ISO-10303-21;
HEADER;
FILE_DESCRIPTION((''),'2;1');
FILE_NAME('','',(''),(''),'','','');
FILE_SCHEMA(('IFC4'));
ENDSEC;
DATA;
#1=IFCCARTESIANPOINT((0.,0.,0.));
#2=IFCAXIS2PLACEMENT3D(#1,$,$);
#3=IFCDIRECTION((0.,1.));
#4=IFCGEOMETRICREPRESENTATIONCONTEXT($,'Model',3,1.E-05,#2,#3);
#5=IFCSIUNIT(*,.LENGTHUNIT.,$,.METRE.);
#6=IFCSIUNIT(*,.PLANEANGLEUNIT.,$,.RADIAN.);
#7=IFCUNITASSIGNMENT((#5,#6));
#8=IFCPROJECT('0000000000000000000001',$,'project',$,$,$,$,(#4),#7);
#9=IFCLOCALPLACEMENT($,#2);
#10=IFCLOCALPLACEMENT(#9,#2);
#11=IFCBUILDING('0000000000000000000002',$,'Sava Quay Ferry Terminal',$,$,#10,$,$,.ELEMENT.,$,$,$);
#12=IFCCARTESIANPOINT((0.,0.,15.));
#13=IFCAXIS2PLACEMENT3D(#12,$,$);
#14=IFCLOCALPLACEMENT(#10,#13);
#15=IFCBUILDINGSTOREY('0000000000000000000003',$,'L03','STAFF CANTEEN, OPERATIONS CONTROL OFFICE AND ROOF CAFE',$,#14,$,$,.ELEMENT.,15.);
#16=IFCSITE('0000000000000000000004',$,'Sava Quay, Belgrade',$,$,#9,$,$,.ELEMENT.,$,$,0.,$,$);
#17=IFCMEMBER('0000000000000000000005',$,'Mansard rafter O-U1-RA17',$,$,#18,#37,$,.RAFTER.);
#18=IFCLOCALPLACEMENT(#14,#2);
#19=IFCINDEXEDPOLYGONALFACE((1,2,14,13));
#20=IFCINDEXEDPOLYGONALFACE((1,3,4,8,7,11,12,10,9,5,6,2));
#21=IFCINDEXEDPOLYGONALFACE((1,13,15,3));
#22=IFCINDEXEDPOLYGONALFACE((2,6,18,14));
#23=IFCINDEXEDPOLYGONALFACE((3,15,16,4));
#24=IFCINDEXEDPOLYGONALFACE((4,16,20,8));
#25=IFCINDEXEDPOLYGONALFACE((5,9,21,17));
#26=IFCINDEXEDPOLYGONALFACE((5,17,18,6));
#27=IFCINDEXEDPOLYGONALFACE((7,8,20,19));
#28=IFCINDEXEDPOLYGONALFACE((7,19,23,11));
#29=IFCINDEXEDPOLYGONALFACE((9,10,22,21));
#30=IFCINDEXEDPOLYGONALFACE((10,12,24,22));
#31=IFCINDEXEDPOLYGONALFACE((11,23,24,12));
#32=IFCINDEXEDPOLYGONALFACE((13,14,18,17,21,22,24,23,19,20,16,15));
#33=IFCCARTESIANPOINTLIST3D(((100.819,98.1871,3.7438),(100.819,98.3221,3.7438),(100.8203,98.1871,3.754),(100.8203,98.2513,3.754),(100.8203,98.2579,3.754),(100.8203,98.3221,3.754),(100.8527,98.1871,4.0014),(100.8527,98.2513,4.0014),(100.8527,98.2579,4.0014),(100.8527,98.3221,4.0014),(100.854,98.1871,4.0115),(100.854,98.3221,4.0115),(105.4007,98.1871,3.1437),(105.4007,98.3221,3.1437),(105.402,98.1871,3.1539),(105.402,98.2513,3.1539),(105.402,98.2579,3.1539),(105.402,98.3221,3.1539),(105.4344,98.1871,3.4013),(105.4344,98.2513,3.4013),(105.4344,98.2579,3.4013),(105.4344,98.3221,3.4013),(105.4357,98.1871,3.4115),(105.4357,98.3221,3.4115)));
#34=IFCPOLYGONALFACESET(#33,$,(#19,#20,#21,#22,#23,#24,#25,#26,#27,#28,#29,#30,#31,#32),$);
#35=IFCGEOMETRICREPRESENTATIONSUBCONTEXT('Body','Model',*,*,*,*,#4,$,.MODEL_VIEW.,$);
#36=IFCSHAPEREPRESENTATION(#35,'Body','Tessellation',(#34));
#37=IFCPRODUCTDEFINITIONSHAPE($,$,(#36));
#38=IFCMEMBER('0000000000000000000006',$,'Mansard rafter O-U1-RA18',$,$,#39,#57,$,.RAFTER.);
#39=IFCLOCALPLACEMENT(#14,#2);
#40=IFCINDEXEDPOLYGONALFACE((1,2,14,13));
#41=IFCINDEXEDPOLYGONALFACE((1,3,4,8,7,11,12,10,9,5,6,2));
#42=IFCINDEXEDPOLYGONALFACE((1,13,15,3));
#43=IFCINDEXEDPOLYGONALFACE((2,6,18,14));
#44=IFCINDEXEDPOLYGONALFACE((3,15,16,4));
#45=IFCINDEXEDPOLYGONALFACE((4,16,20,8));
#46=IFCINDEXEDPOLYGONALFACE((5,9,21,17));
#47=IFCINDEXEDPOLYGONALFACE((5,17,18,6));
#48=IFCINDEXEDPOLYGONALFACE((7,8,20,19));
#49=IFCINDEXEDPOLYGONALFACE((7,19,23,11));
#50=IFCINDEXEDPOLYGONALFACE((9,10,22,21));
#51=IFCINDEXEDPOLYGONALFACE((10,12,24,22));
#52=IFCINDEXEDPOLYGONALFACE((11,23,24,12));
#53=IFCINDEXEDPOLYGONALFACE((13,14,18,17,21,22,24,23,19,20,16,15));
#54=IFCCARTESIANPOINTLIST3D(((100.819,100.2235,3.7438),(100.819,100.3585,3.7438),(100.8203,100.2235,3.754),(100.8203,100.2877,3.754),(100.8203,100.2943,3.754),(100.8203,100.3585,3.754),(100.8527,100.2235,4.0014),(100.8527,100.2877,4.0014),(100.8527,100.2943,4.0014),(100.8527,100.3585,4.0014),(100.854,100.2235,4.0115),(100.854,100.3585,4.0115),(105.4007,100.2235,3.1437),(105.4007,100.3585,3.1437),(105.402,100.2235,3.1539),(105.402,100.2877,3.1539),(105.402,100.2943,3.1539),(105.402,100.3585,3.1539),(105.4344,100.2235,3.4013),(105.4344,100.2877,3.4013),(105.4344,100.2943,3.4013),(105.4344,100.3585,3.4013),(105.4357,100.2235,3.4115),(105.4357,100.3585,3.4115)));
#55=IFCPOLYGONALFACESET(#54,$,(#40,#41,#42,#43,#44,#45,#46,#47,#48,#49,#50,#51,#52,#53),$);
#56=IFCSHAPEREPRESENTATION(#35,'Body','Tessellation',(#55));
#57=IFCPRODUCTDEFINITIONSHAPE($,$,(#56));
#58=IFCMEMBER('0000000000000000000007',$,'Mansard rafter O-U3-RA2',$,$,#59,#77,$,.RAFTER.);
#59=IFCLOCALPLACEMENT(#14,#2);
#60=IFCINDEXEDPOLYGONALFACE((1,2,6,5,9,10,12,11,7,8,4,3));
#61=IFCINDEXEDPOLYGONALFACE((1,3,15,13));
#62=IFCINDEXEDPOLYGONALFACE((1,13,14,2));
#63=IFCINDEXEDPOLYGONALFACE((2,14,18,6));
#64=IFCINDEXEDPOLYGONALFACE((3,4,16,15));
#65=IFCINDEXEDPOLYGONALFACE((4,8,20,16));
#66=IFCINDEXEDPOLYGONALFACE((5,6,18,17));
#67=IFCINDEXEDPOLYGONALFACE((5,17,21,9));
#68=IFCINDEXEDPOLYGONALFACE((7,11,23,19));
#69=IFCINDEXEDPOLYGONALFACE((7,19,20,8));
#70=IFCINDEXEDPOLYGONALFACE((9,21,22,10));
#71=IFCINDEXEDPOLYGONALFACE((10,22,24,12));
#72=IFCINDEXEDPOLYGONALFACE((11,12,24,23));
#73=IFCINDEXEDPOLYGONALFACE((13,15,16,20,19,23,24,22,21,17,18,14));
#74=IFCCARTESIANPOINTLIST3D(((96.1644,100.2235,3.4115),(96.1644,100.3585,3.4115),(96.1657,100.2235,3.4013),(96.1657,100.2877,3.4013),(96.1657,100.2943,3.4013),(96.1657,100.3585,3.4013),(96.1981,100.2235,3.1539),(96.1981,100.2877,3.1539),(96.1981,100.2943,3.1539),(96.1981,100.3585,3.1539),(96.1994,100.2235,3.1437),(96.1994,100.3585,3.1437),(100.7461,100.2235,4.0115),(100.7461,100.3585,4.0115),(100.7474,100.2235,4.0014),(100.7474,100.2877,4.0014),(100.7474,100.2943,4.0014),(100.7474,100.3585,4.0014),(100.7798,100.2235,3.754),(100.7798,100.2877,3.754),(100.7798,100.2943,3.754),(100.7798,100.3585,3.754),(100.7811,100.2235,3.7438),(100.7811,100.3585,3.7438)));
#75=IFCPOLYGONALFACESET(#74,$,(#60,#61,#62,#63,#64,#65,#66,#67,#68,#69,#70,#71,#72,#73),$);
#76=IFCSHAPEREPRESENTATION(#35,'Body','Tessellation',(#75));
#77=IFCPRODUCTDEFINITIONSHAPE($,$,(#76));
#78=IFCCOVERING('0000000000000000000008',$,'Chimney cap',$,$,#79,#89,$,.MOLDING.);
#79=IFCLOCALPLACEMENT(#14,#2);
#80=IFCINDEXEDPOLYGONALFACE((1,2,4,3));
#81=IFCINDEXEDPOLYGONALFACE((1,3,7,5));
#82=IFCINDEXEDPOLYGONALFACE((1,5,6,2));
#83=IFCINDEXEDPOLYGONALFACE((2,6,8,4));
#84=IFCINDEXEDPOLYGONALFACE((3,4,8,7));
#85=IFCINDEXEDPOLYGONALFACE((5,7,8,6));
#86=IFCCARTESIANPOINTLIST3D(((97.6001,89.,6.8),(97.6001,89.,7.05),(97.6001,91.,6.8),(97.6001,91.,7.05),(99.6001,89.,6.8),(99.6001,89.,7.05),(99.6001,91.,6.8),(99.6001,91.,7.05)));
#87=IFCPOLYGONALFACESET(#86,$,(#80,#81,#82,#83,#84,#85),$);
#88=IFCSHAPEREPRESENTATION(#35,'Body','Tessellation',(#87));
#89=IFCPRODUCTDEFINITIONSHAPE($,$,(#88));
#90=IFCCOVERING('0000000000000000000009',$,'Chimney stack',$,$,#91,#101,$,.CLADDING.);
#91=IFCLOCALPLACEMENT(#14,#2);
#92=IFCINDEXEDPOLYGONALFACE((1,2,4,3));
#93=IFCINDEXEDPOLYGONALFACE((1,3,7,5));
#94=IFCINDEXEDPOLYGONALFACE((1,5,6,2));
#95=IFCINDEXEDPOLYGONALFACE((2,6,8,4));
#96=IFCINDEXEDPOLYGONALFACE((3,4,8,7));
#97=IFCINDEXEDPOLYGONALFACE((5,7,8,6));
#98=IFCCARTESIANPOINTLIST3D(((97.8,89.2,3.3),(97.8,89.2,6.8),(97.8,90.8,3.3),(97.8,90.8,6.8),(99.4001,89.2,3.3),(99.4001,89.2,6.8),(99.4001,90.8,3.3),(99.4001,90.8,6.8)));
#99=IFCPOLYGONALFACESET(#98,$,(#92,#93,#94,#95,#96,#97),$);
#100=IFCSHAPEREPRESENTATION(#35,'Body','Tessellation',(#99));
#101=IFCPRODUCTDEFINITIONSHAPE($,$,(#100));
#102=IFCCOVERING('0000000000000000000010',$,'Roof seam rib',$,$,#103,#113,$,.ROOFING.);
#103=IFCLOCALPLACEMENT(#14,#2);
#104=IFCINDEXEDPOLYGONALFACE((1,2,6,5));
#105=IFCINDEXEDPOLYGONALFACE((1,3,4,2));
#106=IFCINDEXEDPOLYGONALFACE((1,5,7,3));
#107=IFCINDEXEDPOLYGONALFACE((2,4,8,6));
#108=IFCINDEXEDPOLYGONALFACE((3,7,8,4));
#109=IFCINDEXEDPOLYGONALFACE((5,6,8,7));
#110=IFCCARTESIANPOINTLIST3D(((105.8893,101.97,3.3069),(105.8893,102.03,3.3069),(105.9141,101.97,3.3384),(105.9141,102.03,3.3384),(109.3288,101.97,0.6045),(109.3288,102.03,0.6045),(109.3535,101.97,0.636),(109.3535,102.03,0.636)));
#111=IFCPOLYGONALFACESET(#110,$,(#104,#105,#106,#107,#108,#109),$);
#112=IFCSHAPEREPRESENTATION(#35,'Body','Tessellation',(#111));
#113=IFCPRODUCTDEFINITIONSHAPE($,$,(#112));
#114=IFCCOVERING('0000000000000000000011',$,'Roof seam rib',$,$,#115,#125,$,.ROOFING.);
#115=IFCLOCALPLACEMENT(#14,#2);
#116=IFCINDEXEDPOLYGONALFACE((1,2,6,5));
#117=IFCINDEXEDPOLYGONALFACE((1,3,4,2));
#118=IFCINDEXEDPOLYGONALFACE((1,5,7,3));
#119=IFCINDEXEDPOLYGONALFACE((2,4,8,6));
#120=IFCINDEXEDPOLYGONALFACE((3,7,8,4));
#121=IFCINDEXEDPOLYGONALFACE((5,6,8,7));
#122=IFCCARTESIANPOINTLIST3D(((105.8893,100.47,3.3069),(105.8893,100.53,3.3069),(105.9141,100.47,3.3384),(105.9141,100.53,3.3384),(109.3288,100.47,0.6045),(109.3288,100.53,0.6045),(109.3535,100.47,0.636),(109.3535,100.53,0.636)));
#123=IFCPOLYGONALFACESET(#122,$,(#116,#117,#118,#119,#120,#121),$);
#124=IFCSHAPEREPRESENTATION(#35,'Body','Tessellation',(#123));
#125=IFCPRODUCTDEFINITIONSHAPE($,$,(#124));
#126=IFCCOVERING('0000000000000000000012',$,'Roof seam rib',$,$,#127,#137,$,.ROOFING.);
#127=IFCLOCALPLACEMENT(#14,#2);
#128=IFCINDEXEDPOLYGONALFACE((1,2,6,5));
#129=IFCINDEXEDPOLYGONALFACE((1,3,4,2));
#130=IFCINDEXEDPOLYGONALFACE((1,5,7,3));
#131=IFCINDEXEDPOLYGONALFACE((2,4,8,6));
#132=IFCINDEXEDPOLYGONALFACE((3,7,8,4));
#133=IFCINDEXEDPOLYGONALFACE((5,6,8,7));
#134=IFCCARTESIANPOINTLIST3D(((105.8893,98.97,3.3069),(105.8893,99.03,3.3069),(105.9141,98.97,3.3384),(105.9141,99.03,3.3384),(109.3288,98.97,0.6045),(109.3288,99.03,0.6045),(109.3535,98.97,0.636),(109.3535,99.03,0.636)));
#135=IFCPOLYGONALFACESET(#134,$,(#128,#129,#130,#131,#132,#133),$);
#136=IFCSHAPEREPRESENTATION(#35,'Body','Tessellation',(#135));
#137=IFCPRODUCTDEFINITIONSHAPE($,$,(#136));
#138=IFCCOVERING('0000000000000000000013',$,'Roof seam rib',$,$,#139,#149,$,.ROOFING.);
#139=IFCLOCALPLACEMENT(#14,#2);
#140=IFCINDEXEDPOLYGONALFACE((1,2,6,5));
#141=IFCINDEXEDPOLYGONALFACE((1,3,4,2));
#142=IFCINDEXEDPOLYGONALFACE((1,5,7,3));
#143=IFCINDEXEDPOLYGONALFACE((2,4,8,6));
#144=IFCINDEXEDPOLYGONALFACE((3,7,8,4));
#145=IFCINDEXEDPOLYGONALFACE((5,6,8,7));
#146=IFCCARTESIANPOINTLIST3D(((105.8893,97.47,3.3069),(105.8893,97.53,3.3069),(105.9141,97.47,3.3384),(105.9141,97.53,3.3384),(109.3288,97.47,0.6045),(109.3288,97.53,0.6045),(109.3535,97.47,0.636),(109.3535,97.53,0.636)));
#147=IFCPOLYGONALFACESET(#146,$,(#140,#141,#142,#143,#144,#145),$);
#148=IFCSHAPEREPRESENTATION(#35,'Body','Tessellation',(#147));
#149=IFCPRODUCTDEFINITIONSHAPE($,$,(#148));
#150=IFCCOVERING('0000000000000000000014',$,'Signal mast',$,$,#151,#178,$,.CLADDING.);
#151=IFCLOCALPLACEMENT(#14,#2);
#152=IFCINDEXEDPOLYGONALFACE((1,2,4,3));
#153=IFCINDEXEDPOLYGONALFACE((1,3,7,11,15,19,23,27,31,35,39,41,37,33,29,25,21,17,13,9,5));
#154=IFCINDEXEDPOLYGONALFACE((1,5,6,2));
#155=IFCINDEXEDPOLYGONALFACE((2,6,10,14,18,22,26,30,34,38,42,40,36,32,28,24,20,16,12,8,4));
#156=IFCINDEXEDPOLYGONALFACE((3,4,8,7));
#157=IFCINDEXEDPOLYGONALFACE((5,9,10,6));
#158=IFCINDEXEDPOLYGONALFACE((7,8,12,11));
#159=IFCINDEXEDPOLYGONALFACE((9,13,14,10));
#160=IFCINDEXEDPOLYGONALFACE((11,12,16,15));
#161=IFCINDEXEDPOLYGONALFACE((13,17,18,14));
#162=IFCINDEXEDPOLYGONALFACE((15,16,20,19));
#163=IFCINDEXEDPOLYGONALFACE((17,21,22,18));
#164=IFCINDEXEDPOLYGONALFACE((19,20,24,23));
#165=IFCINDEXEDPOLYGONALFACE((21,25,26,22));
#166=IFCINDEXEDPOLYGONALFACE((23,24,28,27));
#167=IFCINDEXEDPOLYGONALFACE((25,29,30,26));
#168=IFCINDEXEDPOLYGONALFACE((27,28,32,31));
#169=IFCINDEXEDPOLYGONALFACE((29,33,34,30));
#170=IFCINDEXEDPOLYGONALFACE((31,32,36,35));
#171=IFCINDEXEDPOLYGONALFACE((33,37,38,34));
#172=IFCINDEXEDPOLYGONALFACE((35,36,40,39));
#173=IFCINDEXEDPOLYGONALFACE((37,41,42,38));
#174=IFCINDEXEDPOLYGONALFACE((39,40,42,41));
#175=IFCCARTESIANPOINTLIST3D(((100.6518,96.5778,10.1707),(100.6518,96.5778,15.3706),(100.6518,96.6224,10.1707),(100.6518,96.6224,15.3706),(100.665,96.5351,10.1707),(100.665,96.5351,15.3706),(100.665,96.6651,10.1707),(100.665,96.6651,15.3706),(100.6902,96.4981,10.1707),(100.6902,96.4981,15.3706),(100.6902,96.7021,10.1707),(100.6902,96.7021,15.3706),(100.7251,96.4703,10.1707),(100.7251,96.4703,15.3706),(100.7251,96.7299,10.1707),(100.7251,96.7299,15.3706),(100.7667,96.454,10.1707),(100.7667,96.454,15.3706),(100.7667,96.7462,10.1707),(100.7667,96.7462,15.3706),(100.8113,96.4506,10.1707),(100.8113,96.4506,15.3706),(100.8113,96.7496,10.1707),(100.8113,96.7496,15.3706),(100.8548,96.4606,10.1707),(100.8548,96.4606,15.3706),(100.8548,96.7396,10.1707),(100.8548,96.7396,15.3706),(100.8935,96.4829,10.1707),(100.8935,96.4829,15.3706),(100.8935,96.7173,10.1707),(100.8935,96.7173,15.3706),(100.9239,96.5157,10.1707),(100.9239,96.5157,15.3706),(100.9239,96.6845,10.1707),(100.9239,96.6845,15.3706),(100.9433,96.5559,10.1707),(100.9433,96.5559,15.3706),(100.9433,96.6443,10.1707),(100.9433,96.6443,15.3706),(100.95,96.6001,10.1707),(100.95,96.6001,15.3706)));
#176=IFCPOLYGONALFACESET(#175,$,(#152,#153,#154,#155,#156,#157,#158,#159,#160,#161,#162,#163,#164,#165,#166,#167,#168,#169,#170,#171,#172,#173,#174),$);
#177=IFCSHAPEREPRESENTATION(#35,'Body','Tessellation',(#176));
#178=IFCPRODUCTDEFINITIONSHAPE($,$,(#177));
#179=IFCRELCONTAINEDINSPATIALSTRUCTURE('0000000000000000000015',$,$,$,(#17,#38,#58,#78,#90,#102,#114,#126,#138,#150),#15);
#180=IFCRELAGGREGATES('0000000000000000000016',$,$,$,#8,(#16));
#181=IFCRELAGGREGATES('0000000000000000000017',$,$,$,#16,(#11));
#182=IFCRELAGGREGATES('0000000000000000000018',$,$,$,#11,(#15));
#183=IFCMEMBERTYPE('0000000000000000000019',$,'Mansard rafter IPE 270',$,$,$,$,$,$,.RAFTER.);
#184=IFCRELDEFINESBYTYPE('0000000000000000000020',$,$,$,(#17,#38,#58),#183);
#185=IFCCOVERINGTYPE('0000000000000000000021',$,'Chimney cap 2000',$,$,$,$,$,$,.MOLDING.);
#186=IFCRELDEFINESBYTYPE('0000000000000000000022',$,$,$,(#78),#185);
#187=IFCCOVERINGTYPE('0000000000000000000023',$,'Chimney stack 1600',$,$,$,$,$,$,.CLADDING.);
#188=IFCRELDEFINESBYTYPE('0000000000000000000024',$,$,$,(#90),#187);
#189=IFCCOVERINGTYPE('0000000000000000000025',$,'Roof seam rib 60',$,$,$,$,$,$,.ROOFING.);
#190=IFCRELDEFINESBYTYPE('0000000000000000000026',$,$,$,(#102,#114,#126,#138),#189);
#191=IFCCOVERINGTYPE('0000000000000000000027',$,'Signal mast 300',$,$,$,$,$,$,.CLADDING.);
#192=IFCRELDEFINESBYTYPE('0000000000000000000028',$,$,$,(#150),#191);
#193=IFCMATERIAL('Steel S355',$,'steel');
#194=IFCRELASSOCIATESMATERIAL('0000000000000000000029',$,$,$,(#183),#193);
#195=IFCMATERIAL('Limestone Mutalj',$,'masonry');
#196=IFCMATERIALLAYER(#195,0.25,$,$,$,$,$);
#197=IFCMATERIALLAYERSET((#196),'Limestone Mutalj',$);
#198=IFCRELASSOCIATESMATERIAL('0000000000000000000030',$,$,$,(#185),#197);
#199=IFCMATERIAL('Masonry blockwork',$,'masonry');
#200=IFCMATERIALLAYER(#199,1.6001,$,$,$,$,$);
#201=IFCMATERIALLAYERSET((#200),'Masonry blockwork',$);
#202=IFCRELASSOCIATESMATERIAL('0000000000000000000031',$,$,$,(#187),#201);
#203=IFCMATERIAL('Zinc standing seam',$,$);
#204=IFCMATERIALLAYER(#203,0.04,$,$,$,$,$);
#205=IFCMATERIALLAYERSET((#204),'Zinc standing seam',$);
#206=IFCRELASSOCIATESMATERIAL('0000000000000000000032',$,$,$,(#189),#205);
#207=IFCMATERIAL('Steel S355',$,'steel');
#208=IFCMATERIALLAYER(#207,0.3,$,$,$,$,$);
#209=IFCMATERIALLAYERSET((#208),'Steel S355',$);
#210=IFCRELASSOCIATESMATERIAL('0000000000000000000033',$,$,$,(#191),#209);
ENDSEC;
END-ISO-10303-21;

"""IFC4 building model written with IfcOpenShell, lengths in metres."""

from ifc_helpers import new_model, si_unit, direction, frame, origin, origin_2d, place, context, subcontext, project, spatial, polyline, rectangle, circle, i_section, outline, extrude, material, layer, layer_set, material_profile, profile_set, type_object, element, save


model = new_model("IFC4")

# Units and contexts
model_context = context("Model", 3, precision=1e-05, world=origin(), true_north=direction((0.0, 1.0)))
body_context = subcontext(model_context, "Body", "Model", "MODEL_VIEW")
ifc_project = project(units=[si_unit("LENGTHUNIT", "METRE"), si_unit("PLANEANGLEUNIT", "RADIAN")], contexts=[model_context])

# Site, building, storey
site_placement = place(None, origin())
site = spatial("IfcSite", under=ifc_project, at=site_placement, Name="Sava Quay, Belgrade", CompositionType="ELEMENT", RefElevation=0.0)
building_placement = place(site_placement, origin())
building = spatial("IfcBuilding", under=site, at=building_placement, Name="Sava Quay Ferry Terminal", CompositionType="ELEMENT")
storey_placement = place(building_placement, frame((0.0, 0.0, 15.0)))
storey = spatial("IfcBuildingStorey", under=building, at=storey_placement, Name="L03", Description="STAFF CANTEEN, OPERATIONS CONTROL OFFICE AND ROOF CAFE", CompositionType="ELEMENT", Elevation=15.0)

# Members
ifc_material_1 = material(Name="Steel S355", Category="steel")
ifc_material_profile_1 = material_profile(ifc_material_1, i_section(OverallWidth=0.135, OverallDepth=0.27, WebThickness=0.0066, FlangeThickness=0.0103, at=origin_2d()), Name="IPE 270")
ifc_profile_set_1 = profile_set([ifc_material_profile_1], Name="Steel S355")
member_type_1 = type_object("IfcMemberType", Name="Mansard rafter IPE 270", PredefinedType="RAFTER", material=ifc_profile_set_1)
for number, where, z_axis, x_axis, name in (
    (1, (105.4182, 98.2546, 3.2776), (-0.991532, 0.0, 0.129865), (0.0, -1.0, 0.0), "Mansard rafter O-U1-RA17"),
    (2, (105.4182, 100.291, 3.2776), (-0.991532, 0.0, 0.129865), (0.0, -1.0, 0.0), "Mansard rafter O-U1-RA18"),
    (3, (96.1819, 100.291, 3.2776), (0.991532, 0.0, 0.129865), (0.0, 1.0, 0.0), "Mansard rafter O-U3-RA2"),
):
    element("IfcMember", number, at=place(storey_placement, frame(where, z_axis=z_axis, x_axis=x_axis)), inside=storey, type_object=member_type_1, Name=name, PredefinedType="RAFTER", context=body_context, shape_type="SweptSolid", body=[
        extrude(i_section(OverallWidth=0.135, OverallDepth=0.27, WebThickness=0.0066, FlangeThickness=0.0103, at=origin_2d()), origin(), (0.0, 0.0, 1.0), 4.6208),
    ])

# Coverings
ifc_material_2 = material(Name="Limestone Mutalj", Category="masonry")
ifc_layer_1 = layer(ifc_material_2, 0.25)
ifc_layer_set_1 = layer_set([ifc_layer_1], Name="Limestone Mutalj")
covering_type_1 = type_object("IfcCoveringType", Name="Chimney cap 2000", PredefinedType="MOLDING", material=ifc_layer_set_1)
covering_1_placement = place(storey_placement, frame((98.6001, 90.0, 6.8), z_axis=(0.0, 0.0, 1.0), x_axis=(1.0, 0.0, 0.0)))
element("IfcCovering", 4, at=covering_1_placement, inside=storey, type_object=covering_type_1, Name="Chimney cap", PredefinedType="MOLDING", context=body_context, shape_type="SweptSolid", body=[
    extrude(rectangle(XDim=2.0, YDim=2.0, at=origin_2d()), origin(), (0.0, 0.0, 1.0), 0.25),
])
ifc_material_3 = material(Name="Masonry blockwork", Category="masonry")
ifc_layer_2 = layer(ifc_material_3, 1.6001)
ifc_layer_set_2 = layer_set([ifc_layer_2], Name="Masonry blockwork")
covering_type_2 = type_object("IfcCoveringType", Name="Chimney stack 1600", PredefinedType="CLADDING", material=ifc_layer_set_2)
covering_2_placement = place(storey_placement, frame((98.6001, 90.0, 3.3), z_axis=(0.0, 0.0, 1.0), x_axis=(1.0, 0.0, 0.0)))
element("IfcCovering", 5, at=covering_2_placement, inside=storey, type_object=covering_type_2, Name="Chimney stack", PredefinedType="CLADDING", context=body_context, shape_type="SweptSolid", body=[
    extrude(rectangle(XDim=1.6001, YDim=1.6001, at=origin_2d()), origin(), (0.0, 0.0, 1.0), 3.5),
])
ifc_material_4 = material(Name="Zinc standing seam")
ifc_layer_3 = layer(ifc_material_4, 0.04)
ifc_layer_set_3 = layer_set([ifc_layer_3], Name="Zinc standing seam")
covering_type_3 = type_object("IfcCoveringType", Name="Roof seam rib 60", PredefinedType="ROOFING", material=ifc_layer_set_3)
for number, where, z_axis, x_axis, name in (
    (6, (109.3535, 101.97, 0.636), (0.617817, 0.0, 0.786322), (-0.786322, 0.0, 0.617817), "Roof seam rib"),
    (7, (109.3535, 100.47, 0.636), (0.617817, 0.0, 0.786322), (-0.786322, 0.0, 0.617817), "Roof seam rib"),
    (8, (109.3535, 98.97, 0.636), (0.617817, 0.0, 0.786322), (-0.786322, 0.0, 0.617817), "Roof seam rib"),
    (9, (109.3535, 97.47, 0.636), (0.617817, 0.0, 0.786322), (-0.786322, 0.0, 0.617817), "Roof seam rib"),
):
    element("IfcCovering", number, at=place(storey_placement, frame(where, z_axis=z_axis, x_axis=x_axis)), inside=storey, type_object=covering_type_3, Name=name, PredefinedType="ROOFING", context=body_context, shape_type="SweptSolid", body=[
        extrude(outline(polyline([(0.0, 0.0), (4.3741, 0.0), (4.3741, -0.0601), (0.0, -0.0601), (0.0, 0.0)])), origin(), (0.0, 0.0, -1.0), 0.04),
    ])
ifc_material_5 = material(Name="Steel S355", Category="steel")
ifc_layer_4 = layer(ifc_material_5, 0.3)
ifc_layer_set_4 = layer_set([ifc_layer_4], Name="Steel S355")
covering_type_4 = type_object("IfcCoveringType", Name="Signal mast 300", PredefinedType="CLADDING", material=ifc_layer_set_4)
covering_3_placement = place(storey_placement, frame((100.8, 96.6001, 15.3706), z_axis=(0.0, 0.0, -1.0), x_axis=(1.0, 0.0, 0.0)))
element("IfcCovering", 10, at=covering_3_placement, inside=storey, type_object=covering_type_4, Name="Signal mast", PredefinedType="CLADDING", context=body_context, shape_type="SweptSolid", body=[
    extrude(circle(Radius=0.1499, at=origin_2d()), origin(), (0.0, 0.0, 1.0), 5.2),
])

save(model, "model.ifc")
